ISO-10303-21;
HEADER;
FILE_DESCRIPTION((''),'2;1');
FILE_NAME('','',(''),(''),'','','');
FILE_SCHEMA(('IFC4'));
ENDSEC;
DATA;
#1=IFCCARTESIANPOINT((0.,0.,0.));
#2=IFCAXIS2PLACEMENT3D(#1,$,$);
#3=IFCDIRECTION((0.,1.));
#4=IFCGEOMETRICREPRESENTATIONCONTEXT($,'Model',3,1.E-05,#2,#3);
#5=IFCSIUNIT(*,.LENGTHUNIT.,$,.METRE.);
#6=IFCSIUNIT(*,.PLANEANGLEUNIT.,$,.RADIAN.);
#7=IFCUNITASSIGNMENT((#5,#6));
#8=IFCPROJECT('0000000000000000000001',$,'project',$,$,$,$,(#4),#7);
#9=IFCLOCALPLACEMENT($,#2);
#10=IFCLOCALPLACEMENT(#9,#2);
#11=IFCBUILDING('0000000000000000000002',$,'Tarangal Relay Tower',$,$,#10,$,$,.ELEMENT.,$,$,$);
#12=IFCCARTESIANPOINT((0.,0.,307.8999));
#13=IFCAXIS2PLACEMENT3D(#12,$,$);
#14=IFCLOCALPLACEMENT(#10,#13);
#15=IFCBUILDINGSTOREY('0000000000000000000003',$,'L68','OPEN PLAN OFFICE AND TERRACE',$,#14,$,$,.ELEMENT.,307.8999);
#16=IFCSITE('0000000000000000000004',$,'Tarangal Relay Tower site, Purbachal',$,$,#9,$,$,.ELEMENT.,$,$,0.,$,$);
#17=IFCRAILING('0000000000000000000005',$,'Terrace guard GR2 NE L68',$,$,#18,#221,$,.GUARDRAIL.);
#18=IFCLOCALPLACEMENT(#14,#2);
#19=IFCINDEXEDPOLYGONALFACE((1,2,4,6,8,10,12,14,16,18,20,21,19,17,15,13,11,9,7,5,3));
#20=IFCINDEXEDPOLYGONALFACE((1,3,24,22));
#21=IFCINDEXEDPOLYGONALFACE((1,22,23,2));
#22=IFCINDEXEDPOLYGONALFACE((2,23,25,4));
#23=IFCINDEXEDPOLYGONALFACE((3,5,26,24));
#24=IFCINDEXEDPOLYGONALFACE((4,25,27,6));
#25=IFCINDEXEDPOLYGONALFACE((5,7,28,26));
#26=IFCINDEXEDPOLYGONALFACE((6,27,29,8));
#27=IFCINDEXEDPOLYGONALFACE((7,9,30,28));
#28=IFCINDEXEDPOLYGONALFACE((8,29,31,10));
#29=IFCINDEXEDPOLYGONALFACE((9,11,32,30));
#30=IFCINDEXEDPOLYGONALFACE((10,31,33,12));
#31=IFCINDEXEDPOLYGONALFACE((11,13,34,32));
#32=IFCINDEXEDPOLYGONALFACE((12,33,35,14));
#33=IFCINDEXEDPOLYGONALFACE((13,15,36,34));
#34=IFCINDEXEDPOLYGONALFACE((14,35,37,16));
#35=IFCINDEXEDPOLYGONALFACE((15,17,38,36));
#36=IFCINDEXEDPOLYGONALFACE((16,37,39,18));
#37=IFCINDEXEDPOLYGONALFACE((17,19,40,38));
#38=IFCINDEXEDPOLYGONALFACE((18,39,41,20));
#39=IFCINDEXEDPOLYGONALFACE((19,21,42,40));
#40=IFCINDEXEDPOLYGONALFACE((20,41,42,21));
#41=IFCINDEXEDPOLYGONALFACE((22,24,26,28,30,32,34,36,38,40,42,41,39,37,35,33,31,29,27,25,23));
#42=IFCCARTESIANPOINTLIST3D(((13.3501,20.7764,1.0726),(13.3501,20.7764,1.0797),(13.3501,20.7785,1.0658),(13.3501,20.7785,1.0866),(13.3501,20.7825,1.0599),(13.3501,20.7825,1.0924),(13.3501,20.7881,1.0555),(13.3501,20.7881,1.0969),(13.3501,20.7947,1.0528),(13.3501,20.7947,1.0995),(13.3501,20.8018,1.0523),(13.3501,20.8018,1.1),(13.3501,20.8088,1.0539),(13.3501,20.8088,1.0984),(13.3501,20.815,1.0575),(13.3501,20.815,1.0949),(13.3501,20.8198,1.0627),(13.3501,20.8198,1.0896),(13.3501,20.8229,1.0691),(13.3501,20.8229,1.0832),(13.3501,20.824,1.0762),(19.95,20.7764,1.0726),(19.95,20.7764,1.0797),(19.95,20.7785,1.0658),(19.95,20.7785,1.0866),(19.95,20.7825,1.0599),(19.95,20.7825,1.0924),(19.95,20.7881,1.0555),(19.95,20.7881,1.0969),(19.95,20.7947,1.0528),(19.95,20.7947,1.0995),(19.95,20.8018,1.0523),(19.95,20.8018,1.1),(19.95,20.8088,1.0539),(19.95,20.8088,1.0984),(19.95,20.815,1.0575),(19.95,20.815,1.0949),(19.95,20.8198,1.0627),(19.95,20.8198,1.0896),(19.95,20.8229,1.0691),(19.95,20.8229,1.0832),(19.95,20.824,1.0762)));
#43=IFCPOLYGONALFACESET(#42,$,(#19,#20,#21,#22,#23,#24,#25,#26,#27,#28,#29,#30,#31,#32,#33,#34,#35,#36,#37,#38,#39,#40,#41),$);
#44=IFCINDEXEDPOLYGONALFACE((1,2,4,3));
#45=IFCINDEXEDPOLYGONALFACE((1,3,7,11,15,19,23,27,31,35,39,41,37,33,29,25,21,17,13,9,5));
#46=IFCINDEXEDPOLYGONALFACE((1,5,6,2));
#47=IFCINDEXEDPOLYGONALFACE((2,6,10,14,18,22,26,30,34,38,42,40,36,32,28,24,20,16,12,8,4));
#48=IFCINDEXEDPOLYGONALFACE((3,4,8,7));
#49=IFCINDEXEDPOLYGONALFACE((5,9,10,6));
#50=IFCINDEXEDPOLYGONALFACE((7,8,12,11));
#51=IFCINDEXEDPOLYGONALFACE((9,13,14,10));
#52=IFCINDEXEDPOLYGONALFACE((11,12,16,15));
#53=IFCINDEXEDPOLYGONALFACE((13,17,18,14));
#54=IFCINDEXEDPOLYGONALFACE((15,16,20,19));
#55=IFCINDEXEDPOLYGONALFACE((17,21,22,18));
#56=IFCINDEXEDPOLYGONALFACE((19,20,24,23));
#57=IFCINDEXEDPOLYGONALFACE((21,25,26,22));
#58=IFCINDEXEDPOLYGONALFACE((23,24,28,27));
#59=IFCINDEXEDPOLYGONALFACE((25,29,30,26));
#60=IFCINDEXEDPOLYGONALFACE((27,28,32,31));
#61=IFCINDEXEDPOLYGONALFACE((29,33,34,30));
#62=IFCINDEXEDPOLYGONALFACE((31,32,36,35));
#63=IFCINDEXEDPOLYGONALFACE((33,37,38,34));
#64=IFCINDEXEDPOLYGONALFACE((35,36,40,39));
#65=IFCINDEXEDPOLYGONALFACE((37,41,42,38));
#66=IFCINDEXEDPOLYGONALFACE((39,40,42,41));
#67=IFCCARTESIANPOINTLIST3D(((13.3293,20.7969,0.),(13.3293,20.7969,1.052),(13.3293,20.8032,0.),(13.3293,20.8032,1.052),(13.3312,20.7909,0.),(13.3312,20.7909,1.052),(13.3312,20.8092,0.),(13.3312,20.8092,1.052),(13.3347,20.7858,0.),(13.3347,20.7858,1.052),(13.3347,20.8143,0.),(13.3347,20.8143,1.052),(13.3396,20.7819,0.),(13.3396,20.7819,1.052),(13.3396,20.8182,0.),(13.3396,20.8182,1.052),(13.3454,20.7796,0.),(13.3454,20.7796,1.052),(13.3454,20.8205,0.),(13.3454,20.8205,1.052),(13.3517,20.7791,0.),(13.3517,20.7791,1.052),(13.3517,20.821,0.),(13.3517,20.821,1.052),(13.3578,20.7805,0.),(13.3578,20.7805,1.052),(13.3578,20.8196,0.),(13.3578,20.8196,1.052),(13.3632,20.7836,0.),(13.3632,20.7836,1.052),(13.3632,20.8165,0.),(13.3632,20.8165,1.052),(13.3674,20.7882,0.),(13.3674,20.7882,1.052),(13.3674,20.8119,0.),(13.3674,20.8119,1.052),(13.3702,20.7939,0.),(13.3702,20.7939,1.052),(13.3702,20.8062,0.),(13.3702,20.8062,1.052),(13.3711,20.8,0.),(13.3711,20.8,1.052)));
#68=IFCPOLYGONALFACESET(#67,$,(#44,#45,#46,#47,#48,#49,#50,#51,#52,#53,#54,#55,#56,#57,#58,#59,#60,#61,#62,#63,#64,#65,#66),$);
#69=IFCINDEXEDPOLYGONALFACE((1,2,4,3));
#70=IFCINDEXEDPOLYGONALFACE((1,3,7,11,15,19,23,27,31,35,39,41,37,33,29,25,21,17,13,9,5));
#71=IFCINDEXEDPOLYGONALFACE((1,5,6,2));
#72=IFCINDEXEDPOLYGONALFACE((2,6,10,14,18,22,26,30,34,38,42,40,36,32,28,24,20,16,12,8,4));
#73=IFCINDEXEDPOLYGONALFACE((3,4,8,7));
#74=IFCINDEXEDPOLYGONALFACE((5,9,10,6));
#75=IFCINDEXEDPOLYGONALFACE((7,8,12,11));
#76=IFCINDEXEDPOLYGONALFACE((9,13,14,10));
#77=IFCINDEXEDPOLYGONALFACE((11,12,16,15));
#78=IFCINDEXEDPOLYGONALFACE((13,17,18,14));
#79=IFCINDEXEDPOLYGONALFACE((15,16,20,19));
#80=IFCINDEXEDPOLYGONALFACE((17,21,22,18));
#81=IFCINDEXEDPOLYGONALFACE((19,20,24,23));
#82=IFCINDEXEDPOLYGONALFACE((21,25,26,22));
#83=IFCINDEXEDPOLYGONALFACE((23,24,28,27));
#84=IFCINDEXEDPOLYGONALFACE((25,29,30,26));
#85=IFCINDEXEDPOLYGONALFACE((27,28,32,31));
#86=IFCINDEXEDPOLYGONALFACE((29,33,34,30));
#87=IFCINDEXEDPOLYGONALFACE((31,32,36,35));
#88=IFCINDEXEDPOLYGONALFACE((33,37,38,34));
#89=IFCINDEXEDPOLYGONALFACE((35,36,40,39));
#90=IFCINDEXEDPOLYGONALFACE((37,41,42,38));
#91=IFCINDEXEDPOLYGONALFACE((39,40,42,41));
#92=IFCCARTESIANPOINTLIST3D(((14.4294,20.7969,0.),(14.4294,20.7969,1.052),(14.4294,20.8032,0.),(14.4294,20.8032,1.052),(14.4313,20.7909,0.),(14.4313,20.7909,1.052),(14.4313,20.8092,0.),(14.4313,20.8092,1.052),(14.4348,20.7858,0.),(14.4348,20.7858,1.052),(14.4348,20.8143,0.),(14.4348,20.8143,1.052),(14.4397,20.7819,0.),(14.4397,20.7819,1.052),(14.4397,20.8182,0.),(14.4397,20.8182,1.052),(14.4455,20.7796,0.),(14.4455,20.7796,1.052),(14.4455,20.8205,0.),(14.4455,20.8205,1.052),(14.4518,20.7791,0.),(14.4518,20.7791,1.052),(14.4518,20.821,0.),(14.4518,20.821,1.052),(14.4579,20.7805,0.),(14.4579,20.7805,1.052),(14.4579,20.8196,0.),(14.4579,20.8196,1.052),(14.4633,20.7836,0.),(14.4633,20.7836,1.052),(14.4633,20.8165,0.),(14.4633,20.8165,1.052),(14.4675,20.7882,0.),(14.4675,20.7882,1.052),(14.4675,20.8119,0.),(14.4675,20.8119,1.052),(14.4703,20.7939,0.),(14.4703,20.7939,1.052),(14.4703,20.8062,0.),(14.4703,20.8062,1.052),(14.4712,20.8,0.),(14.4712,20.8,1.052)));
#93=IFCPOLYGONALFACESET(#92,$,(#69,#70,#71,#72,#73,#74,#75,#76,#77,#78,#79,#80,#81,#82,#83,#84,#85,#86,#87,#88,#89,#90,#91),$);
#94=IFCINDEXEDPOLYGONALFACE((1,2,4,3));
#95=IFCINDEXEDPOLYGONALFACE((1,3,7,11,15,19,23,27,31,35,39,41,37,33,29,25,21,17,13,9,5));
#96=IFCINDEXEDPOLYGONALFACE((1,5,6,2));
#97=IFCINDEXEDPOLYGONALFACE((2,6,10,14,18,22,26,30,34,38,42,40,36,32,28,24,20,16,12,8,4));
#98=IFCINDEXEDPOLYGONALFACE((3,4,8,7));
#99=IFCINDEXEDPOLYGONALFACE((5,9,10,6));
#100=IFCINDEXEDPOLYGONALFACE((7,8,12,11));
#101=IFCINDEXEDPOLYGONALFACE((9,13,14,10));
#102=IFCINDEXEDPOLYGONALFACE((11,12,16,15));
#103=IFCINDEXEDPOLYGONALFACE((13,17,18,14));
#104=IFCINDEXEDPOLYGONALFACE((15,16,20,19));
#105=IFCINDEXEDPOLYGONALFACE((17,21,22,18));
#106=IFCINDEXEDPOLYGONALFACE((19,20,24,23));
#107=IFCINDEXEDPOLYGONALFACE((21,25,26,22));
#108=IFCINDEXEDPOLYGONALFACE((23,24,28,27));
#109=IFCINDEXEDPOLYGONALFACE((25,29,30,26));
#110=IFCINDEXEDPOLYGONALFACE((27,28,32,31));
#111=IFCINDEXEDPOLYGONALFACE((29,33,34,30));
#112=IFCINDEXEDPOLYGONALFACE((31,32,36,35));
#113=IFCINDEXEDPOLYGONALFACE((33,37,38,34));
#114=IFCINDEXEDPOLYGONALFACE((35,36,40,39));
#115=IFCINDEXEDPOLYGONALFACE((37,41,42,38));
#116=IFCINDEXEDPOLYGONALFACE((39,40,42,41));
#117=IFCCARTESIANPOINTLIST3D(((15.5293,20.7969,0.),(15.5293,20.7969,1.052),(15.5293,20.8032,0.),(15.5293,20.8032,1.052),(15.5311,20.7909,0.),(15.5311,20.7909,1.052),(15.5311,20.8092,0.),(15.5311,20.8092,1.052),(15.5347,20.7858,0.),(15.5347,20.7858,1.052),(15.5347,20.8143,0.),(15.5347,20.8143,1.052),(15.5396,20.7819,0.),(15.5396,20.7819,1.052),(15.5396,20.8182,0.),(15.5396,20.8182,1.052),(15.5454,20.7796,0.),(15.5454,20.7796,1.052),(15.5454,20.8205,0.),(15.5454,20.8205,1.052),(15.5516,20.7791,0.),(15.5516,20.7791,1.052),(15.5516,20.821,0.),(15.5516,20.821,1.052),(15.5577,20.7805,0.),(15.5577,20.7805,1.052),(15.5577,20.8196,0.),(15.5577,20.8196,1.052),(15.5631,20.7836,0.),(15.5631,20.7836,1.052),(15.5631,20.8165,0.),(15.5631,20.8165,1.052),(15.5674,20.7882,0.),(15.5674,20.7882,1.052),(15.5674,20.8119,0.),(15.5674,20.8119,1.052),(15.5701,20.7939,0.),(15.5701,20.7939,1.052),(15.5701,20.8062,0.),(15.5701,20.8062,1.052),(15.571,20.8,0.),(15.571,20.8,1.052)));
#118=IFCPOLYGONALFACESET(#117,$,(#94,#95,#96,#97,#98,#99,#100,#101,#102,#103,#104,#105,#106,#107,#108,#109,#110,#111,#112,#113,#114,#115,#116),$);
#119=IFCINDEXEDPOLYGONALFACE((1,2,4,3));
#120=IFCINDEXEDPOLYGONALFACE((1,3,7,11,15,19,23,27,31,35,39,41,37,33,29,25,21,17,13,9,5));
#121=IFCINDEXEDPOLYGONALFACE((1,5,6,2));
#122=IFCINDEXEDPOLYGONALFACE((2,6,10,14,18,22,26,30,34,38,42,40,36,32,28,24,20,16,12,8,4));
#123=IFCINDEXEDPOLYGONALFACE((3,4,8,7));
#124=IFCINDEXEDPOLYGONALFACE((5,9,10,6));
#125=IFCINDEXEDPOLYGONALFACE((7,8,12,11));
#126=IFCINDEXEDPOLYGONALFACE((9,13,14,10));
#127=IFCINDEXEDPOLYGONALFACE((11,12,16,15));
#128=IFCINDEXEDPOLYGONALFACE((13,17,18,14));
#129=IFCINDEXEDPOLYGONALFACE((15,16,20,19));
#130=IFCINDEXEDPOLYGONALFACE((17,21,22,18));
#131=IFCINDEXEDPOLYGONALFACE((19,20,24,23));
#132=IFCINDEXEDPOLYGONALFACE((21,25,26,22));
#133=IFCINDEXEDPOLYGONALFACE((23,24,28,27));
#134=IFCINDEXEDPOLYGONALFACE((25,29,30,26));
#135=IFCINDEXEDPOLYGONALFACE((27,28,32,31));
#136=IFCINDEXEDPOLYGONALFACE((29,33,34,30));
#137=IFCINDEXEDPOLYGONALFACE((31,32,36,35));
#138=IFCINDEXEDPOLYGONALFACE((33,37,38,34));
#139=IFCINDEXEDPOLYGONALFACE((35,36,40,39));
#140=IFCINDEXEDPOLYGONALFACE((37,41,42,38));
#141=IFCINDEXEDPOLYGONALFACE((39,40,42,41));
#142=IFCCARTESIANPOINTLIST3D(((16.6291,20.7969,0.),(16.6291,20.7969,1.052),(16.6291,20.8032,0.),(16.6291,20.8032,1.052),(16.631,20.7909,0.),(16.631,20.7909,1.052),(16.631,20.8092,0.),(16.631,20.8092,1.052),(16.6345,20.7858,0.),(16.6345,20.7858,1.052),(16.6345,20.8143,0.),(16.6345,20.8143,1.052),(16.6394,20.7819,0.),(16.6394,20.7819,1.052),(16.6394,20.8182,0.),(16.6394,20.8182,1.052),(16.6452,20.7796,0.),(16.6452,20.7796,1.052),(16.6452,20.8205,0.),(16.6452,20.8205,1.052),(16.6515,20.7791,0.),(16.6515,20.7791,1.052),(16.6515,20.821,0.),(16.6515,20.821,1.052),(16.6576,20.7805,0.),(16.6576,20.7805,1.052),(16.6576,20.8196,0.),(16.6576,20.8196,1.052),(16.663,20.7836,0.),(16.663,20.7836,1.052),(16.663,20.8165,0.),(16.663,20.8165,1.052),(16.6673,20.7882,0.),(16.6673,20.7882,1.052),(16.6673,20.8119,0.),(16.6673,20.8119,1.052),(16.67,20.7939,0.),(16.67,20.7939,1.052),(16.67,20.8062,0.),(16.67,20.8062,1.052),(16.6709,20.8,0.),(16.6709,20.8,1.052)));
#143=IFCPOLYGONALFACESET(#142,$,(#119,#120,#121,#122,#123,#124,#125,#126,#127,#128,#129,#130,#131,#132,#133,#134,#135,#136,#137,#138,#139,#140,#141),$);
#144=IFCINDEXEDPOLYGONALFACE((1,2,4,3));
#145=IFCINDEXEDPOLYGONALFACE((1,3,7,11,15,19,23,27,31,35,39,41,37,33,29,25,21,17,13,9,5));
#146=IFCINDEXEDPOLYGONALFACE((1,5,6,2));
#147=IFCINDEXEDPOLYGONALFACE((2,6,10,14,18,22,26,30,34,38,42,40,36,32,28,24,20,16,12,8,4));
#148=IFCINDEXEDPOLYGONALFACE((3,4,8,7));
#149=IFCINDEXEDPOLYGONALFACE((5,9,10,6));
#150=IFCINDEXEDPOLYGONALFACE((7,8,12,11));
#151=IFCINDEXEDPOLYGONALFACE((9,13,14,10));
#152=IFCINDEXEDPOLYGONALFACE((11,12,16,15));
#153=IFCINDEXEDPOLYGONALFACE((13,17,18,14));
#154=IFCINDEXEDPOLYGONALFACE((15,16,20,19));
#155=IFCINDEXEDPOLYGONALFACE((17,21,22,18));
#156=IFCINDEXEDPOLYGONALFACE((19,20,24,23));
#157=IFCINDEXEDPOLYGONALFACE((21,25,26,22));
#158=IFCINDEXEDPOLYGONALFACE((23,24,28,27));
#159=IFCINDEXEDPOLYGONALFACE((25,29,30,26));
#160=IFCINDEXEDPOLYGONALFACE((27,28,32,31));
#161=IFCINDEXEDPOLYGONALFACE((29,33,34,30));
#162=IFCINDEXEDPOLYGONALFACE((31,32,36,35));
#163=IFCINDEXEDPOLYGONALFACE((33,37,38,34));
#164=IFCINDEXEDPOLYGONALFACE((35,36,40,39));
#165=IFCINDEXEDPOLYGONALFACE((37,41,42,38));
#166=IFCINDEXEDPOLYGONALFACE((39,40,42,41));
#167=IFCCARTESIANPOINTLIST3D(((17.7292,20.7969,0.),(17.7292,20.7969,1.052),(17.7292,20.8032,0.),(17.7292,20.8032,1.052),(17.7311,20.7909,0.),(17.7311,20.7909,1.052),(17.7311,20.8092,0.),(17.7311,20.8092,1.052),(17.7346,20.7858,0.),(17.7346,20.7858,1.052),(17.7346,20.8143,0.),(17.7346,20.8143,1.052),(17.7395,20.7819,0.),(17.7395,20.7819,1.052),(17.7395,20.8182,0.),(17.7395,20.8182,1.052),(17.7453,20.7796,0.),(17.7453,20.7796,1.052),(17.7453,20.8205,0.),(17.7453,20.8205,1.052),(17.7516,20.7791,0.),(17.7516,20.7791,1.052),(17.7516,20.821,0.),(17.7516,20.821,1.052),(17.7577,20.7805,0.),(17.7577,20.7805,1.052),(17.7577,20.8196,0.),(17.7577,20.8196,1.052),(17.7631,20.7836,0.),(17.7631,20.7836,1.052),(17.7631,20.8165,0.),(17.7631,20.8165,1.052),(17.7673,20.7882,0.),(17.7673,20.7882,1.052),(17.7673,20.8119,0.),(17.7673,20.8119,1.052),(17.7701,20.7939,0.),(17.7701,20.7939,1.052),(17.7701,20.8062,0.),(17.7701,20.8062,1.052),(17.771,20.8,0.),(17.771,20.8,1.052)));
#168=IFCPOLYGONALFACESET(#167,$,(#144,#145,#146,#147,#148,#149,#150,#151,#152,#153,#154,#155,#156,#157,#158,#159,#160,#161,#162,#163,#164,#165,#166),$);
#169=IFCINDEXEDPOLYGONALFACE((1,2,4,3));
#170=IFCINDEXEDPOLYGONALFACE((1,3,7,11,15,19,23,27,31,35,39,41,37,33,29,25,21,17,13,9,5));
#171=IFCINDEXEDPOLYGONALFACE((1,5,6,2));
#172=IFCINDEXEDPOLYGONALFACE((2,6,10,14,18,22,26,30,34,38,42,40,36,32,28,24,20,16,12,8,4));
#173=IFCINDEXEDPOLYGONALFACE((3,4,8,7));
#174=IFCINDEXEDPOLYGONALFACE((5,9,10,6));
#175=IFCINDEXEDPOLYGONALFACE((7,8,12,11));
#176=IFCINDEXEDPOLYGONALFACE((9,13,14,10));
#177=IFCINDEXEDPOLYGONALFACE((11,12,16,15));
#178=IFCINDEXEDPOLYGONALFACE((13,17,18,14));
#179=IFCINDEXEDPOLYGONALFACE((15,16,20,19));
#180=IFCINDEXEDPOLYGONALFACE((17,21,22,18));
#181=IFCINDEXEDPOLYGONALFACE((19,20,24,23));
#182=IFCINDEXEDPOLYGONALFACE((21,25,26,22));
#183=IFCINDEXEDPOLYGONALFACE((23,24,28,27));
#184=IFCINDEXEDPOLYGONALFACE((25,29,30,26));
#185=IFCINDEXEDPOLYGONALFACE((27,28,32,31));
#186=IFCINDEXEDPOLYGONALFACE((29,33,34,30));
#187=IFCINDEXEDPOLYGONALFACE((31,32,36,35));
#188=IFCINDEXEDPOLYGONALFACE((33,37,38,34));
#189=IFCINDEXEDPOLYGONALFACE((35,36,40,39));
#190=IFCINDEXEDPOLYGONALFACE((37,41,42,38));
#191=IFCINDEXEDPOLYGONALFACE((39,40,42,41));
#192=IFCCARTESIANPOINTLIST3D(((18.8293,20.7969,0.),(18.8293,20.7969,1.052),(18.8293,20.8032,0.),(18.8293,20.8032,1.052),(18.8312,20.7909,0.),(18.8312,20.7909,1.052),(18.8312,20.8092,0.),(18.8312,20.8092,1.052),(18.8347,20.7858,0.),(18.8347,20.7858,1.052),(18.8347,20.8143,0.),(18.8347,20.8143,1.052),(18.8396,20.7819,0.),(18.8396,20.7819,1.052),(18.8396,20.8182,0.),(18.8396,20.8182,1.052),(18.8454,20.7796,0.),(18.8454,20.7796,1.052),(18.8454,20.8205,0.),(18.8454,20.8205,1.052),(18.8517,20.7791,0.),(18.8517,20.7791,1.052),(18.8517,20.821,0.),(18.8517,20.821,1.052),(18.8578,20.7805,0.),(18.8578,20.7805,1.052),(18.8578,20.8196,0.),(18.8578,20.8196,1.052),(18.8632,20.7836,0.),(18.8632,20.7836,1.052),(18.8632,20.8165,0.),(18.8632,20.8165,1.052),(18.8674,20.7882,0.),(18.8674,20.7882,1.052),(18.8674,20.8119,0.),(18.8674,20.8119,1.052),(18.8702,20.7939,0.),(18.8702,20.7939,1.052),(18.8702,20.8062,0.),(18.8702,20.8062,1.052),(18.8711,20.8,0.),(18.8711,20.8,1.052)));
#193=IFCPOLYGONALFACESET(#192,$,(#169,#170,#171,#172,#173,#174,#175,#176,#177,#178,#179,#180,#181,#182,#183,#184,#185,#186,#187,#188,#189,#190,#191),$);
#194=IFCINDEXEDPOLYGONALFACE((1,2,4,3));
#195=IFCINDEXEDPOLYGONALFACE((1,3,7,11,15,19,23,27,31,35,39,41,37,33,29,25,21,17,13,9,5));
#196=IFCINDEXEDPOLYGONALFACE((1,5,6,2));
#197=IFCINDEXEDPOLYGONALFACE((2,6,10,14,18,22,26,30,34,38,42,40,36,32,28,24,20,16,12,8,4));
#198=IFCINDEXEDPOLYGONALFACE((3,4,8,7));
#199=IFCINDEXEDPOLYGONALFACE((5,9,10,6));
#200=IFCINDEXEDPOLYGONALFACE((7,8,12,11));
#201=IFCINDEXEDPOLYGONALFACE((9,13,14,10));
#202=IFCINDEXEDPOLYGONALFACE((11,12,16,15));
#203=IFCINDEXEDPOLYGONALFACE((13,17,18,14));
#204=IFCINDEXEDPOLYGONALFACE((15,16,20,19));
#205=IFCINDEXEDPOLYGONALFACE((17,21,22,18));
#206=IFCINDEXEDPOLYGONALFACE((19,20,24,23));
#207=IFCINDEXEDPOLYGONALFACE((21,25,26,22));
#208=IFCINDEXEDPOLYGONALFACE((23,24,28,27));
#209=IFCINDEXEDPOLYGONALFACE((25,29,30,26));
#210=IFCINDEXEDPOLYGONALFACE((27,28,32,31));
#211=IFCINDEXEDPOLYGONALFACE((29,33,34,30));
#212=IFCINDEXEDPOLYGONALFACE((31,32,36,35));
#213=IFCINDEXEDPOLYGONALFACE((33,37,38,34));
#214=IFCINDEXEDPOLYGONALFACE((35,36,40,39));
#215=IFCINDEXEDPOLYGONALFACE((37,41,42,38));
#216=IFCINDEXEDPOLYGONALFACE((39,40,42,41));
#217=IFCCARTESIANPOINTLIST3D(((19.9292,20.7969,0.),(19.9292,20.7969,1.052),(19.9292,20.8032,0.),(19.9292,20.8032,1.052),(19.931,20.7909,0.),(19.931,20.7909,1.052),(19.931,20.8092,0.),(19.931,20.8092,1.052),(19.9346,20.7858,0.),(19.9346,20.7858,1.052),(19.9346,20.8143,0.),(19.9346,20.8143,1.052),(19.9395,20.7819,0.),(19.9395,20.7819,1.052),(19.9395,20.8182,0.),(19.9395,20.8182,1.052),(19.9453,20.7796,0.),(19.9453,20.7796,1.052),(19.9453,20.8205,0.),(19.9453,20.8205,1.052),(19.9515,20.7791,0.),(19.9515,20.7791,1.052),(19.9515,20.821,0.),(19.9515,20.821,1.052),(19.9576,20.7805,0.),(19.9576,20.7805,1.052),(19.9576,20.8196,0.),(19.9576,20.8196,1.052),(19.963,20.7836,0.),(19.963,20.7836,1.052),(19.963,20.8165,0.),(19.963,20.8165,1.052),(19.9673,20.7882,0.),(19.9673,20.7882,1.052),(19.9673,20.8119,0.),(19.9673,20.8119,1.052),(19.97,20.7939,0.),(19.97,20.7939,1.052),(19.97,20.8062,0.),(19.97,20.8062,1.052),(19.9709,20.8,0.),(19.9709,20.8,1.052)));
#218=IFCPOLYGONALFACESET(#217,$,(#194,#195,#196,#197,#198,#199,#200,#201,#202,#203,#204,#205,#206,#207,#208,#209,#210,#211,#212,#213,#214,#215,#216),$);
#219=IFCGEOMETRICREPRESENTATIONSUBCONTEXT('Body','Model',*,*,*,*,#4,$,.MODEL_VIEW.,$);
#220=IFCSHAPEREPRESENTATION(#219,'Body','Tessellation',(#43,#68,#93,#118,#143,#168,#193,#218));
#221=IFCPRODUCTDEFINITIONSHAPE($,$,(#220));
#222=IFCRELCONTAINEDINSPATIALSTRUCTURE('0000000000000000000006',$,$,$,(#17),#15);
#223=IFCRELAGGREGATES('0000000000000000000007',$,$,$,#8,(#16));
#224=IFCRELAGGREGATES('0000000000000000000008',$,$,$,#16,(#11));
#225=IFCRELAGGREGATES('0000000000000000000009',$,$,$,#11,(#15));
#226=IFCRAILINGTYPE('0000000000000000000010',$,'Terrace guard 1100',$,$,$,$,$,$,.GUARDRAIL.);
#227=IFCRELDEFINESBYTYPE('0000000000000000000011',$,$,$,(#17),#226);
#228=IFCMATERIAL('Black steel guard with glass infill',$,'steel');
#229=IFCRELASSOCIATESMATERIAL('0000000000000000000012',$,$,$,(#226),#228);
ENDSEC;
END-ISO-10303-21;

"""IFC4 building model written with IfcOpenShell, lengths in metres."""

from ifc_helpers import new_model, si_unit, direction, frame, origin, origin_2d, place, context, subcontext, project, spatial, circle, extrude, material, type_object, element, save


model = new_model("IFC4")

# Units and contexts
model_context = context("Model", 3, precision=1e-05, world=origin(), true_north=direction((0.0, 1.0)))
body_context = subcontext(model_context, "Body", "Model", "MODEL_VIEW")
ifc_project = project(units=[si_unit("LENGTHUNIT", "METRE"), si_unit("PLANEANGLEUNIT", "RADIAN")], contexts=[model_context])

# Site, building, storey
site_placement = place(None, origin())
site = spatial("IfcSite", under=ifc_project, at=site_placement, Name="Tarangal Relay Tower site, Purbachal", CompositionType="ELEMENT", RefElevation=0.0)
building_placement = place(site_placement, origin())
building = spatial("IfcBuilding", under=site, at=building_placement, Name="Tarangal Relay Tower", CompositionType="ELEMENT")
storey_placement = place(building_placement, frame((0.0, 0.0, 307.8999)))
storey = spatial("IfcBuildingStorey", under=building, at=storey_placement, Name="L68", Description="OPEN PLAN OFFICE AND TERRACE", CompositionType="ELEMENT", Elevation=307.8999)

# Railing
ifc_material_1 = material(Name="Black steel guard with glass infill", Category="steel")
railing_type = type_object("IfcRailingType", Name="Terrace guard 1100", PredefinedType="GUARDRAIL", material=ifc_material_1)
railing_1_placement = place(storey_placement, frame((13.3501, 20.8, 0.0)))
element("IfcRailing", 1, at=railing_1_placement, inside=storey, type_object=railing_type, Name="Terrace guard GR2 NE L68", PredefinedType="GUARDRAIL", context=body_context, shape_type="SweptSolid", body=[
    extrude(circle(Radius=0.0239, at=origin_2d()), frame((0.0, 0.0, 1.0762), z_axis=(1.0, 0.0, 0.0), x_axis=(0.0, 1.0, 0.0)), (0.0, 0.0, 1.0), 6.5999),
    extrude(circle(Radius=0.021, at=origin_2d()), origin(), (0.0, 0.0, 1.0), 1.052),
    extrude(circle(Radius=0.021, at=origin_2d()), frame((1.1001, 0.0, 0.0)), (0.0, 0.0, 1.0), 1.052),
    extrude(circle(Radius=0.021, at=origin_2d()), frame((2.2, 0.0, 0.0)), (0.0, 0.0, 1.0), 1.052),
    extrude(circle(Radius=0.021, at=origin_2d()), frame((3.2998, 0.0, 0.0)), (0.0, 0.0, 1.0), 1.052),
    extrude(circle(Radius=0.021, at=origin_2d()), frame((4.3999, 0.0, 0.0)), (0.0, 0.0, 1.0), 1.052),
    extrude(circle(Radius=0.021, at=origin_2d()), frame((5.5, 0.0, 0.0)), (0.0, 0.0, 1.0), 1.052),
    extrude(circle(Radius=0.021, at=origin_2d()), frame((6.5999, 0.0, 0.0)), (0.0, 0.0, 1.0), 1.052),
])

save(model, "model.ifc")
